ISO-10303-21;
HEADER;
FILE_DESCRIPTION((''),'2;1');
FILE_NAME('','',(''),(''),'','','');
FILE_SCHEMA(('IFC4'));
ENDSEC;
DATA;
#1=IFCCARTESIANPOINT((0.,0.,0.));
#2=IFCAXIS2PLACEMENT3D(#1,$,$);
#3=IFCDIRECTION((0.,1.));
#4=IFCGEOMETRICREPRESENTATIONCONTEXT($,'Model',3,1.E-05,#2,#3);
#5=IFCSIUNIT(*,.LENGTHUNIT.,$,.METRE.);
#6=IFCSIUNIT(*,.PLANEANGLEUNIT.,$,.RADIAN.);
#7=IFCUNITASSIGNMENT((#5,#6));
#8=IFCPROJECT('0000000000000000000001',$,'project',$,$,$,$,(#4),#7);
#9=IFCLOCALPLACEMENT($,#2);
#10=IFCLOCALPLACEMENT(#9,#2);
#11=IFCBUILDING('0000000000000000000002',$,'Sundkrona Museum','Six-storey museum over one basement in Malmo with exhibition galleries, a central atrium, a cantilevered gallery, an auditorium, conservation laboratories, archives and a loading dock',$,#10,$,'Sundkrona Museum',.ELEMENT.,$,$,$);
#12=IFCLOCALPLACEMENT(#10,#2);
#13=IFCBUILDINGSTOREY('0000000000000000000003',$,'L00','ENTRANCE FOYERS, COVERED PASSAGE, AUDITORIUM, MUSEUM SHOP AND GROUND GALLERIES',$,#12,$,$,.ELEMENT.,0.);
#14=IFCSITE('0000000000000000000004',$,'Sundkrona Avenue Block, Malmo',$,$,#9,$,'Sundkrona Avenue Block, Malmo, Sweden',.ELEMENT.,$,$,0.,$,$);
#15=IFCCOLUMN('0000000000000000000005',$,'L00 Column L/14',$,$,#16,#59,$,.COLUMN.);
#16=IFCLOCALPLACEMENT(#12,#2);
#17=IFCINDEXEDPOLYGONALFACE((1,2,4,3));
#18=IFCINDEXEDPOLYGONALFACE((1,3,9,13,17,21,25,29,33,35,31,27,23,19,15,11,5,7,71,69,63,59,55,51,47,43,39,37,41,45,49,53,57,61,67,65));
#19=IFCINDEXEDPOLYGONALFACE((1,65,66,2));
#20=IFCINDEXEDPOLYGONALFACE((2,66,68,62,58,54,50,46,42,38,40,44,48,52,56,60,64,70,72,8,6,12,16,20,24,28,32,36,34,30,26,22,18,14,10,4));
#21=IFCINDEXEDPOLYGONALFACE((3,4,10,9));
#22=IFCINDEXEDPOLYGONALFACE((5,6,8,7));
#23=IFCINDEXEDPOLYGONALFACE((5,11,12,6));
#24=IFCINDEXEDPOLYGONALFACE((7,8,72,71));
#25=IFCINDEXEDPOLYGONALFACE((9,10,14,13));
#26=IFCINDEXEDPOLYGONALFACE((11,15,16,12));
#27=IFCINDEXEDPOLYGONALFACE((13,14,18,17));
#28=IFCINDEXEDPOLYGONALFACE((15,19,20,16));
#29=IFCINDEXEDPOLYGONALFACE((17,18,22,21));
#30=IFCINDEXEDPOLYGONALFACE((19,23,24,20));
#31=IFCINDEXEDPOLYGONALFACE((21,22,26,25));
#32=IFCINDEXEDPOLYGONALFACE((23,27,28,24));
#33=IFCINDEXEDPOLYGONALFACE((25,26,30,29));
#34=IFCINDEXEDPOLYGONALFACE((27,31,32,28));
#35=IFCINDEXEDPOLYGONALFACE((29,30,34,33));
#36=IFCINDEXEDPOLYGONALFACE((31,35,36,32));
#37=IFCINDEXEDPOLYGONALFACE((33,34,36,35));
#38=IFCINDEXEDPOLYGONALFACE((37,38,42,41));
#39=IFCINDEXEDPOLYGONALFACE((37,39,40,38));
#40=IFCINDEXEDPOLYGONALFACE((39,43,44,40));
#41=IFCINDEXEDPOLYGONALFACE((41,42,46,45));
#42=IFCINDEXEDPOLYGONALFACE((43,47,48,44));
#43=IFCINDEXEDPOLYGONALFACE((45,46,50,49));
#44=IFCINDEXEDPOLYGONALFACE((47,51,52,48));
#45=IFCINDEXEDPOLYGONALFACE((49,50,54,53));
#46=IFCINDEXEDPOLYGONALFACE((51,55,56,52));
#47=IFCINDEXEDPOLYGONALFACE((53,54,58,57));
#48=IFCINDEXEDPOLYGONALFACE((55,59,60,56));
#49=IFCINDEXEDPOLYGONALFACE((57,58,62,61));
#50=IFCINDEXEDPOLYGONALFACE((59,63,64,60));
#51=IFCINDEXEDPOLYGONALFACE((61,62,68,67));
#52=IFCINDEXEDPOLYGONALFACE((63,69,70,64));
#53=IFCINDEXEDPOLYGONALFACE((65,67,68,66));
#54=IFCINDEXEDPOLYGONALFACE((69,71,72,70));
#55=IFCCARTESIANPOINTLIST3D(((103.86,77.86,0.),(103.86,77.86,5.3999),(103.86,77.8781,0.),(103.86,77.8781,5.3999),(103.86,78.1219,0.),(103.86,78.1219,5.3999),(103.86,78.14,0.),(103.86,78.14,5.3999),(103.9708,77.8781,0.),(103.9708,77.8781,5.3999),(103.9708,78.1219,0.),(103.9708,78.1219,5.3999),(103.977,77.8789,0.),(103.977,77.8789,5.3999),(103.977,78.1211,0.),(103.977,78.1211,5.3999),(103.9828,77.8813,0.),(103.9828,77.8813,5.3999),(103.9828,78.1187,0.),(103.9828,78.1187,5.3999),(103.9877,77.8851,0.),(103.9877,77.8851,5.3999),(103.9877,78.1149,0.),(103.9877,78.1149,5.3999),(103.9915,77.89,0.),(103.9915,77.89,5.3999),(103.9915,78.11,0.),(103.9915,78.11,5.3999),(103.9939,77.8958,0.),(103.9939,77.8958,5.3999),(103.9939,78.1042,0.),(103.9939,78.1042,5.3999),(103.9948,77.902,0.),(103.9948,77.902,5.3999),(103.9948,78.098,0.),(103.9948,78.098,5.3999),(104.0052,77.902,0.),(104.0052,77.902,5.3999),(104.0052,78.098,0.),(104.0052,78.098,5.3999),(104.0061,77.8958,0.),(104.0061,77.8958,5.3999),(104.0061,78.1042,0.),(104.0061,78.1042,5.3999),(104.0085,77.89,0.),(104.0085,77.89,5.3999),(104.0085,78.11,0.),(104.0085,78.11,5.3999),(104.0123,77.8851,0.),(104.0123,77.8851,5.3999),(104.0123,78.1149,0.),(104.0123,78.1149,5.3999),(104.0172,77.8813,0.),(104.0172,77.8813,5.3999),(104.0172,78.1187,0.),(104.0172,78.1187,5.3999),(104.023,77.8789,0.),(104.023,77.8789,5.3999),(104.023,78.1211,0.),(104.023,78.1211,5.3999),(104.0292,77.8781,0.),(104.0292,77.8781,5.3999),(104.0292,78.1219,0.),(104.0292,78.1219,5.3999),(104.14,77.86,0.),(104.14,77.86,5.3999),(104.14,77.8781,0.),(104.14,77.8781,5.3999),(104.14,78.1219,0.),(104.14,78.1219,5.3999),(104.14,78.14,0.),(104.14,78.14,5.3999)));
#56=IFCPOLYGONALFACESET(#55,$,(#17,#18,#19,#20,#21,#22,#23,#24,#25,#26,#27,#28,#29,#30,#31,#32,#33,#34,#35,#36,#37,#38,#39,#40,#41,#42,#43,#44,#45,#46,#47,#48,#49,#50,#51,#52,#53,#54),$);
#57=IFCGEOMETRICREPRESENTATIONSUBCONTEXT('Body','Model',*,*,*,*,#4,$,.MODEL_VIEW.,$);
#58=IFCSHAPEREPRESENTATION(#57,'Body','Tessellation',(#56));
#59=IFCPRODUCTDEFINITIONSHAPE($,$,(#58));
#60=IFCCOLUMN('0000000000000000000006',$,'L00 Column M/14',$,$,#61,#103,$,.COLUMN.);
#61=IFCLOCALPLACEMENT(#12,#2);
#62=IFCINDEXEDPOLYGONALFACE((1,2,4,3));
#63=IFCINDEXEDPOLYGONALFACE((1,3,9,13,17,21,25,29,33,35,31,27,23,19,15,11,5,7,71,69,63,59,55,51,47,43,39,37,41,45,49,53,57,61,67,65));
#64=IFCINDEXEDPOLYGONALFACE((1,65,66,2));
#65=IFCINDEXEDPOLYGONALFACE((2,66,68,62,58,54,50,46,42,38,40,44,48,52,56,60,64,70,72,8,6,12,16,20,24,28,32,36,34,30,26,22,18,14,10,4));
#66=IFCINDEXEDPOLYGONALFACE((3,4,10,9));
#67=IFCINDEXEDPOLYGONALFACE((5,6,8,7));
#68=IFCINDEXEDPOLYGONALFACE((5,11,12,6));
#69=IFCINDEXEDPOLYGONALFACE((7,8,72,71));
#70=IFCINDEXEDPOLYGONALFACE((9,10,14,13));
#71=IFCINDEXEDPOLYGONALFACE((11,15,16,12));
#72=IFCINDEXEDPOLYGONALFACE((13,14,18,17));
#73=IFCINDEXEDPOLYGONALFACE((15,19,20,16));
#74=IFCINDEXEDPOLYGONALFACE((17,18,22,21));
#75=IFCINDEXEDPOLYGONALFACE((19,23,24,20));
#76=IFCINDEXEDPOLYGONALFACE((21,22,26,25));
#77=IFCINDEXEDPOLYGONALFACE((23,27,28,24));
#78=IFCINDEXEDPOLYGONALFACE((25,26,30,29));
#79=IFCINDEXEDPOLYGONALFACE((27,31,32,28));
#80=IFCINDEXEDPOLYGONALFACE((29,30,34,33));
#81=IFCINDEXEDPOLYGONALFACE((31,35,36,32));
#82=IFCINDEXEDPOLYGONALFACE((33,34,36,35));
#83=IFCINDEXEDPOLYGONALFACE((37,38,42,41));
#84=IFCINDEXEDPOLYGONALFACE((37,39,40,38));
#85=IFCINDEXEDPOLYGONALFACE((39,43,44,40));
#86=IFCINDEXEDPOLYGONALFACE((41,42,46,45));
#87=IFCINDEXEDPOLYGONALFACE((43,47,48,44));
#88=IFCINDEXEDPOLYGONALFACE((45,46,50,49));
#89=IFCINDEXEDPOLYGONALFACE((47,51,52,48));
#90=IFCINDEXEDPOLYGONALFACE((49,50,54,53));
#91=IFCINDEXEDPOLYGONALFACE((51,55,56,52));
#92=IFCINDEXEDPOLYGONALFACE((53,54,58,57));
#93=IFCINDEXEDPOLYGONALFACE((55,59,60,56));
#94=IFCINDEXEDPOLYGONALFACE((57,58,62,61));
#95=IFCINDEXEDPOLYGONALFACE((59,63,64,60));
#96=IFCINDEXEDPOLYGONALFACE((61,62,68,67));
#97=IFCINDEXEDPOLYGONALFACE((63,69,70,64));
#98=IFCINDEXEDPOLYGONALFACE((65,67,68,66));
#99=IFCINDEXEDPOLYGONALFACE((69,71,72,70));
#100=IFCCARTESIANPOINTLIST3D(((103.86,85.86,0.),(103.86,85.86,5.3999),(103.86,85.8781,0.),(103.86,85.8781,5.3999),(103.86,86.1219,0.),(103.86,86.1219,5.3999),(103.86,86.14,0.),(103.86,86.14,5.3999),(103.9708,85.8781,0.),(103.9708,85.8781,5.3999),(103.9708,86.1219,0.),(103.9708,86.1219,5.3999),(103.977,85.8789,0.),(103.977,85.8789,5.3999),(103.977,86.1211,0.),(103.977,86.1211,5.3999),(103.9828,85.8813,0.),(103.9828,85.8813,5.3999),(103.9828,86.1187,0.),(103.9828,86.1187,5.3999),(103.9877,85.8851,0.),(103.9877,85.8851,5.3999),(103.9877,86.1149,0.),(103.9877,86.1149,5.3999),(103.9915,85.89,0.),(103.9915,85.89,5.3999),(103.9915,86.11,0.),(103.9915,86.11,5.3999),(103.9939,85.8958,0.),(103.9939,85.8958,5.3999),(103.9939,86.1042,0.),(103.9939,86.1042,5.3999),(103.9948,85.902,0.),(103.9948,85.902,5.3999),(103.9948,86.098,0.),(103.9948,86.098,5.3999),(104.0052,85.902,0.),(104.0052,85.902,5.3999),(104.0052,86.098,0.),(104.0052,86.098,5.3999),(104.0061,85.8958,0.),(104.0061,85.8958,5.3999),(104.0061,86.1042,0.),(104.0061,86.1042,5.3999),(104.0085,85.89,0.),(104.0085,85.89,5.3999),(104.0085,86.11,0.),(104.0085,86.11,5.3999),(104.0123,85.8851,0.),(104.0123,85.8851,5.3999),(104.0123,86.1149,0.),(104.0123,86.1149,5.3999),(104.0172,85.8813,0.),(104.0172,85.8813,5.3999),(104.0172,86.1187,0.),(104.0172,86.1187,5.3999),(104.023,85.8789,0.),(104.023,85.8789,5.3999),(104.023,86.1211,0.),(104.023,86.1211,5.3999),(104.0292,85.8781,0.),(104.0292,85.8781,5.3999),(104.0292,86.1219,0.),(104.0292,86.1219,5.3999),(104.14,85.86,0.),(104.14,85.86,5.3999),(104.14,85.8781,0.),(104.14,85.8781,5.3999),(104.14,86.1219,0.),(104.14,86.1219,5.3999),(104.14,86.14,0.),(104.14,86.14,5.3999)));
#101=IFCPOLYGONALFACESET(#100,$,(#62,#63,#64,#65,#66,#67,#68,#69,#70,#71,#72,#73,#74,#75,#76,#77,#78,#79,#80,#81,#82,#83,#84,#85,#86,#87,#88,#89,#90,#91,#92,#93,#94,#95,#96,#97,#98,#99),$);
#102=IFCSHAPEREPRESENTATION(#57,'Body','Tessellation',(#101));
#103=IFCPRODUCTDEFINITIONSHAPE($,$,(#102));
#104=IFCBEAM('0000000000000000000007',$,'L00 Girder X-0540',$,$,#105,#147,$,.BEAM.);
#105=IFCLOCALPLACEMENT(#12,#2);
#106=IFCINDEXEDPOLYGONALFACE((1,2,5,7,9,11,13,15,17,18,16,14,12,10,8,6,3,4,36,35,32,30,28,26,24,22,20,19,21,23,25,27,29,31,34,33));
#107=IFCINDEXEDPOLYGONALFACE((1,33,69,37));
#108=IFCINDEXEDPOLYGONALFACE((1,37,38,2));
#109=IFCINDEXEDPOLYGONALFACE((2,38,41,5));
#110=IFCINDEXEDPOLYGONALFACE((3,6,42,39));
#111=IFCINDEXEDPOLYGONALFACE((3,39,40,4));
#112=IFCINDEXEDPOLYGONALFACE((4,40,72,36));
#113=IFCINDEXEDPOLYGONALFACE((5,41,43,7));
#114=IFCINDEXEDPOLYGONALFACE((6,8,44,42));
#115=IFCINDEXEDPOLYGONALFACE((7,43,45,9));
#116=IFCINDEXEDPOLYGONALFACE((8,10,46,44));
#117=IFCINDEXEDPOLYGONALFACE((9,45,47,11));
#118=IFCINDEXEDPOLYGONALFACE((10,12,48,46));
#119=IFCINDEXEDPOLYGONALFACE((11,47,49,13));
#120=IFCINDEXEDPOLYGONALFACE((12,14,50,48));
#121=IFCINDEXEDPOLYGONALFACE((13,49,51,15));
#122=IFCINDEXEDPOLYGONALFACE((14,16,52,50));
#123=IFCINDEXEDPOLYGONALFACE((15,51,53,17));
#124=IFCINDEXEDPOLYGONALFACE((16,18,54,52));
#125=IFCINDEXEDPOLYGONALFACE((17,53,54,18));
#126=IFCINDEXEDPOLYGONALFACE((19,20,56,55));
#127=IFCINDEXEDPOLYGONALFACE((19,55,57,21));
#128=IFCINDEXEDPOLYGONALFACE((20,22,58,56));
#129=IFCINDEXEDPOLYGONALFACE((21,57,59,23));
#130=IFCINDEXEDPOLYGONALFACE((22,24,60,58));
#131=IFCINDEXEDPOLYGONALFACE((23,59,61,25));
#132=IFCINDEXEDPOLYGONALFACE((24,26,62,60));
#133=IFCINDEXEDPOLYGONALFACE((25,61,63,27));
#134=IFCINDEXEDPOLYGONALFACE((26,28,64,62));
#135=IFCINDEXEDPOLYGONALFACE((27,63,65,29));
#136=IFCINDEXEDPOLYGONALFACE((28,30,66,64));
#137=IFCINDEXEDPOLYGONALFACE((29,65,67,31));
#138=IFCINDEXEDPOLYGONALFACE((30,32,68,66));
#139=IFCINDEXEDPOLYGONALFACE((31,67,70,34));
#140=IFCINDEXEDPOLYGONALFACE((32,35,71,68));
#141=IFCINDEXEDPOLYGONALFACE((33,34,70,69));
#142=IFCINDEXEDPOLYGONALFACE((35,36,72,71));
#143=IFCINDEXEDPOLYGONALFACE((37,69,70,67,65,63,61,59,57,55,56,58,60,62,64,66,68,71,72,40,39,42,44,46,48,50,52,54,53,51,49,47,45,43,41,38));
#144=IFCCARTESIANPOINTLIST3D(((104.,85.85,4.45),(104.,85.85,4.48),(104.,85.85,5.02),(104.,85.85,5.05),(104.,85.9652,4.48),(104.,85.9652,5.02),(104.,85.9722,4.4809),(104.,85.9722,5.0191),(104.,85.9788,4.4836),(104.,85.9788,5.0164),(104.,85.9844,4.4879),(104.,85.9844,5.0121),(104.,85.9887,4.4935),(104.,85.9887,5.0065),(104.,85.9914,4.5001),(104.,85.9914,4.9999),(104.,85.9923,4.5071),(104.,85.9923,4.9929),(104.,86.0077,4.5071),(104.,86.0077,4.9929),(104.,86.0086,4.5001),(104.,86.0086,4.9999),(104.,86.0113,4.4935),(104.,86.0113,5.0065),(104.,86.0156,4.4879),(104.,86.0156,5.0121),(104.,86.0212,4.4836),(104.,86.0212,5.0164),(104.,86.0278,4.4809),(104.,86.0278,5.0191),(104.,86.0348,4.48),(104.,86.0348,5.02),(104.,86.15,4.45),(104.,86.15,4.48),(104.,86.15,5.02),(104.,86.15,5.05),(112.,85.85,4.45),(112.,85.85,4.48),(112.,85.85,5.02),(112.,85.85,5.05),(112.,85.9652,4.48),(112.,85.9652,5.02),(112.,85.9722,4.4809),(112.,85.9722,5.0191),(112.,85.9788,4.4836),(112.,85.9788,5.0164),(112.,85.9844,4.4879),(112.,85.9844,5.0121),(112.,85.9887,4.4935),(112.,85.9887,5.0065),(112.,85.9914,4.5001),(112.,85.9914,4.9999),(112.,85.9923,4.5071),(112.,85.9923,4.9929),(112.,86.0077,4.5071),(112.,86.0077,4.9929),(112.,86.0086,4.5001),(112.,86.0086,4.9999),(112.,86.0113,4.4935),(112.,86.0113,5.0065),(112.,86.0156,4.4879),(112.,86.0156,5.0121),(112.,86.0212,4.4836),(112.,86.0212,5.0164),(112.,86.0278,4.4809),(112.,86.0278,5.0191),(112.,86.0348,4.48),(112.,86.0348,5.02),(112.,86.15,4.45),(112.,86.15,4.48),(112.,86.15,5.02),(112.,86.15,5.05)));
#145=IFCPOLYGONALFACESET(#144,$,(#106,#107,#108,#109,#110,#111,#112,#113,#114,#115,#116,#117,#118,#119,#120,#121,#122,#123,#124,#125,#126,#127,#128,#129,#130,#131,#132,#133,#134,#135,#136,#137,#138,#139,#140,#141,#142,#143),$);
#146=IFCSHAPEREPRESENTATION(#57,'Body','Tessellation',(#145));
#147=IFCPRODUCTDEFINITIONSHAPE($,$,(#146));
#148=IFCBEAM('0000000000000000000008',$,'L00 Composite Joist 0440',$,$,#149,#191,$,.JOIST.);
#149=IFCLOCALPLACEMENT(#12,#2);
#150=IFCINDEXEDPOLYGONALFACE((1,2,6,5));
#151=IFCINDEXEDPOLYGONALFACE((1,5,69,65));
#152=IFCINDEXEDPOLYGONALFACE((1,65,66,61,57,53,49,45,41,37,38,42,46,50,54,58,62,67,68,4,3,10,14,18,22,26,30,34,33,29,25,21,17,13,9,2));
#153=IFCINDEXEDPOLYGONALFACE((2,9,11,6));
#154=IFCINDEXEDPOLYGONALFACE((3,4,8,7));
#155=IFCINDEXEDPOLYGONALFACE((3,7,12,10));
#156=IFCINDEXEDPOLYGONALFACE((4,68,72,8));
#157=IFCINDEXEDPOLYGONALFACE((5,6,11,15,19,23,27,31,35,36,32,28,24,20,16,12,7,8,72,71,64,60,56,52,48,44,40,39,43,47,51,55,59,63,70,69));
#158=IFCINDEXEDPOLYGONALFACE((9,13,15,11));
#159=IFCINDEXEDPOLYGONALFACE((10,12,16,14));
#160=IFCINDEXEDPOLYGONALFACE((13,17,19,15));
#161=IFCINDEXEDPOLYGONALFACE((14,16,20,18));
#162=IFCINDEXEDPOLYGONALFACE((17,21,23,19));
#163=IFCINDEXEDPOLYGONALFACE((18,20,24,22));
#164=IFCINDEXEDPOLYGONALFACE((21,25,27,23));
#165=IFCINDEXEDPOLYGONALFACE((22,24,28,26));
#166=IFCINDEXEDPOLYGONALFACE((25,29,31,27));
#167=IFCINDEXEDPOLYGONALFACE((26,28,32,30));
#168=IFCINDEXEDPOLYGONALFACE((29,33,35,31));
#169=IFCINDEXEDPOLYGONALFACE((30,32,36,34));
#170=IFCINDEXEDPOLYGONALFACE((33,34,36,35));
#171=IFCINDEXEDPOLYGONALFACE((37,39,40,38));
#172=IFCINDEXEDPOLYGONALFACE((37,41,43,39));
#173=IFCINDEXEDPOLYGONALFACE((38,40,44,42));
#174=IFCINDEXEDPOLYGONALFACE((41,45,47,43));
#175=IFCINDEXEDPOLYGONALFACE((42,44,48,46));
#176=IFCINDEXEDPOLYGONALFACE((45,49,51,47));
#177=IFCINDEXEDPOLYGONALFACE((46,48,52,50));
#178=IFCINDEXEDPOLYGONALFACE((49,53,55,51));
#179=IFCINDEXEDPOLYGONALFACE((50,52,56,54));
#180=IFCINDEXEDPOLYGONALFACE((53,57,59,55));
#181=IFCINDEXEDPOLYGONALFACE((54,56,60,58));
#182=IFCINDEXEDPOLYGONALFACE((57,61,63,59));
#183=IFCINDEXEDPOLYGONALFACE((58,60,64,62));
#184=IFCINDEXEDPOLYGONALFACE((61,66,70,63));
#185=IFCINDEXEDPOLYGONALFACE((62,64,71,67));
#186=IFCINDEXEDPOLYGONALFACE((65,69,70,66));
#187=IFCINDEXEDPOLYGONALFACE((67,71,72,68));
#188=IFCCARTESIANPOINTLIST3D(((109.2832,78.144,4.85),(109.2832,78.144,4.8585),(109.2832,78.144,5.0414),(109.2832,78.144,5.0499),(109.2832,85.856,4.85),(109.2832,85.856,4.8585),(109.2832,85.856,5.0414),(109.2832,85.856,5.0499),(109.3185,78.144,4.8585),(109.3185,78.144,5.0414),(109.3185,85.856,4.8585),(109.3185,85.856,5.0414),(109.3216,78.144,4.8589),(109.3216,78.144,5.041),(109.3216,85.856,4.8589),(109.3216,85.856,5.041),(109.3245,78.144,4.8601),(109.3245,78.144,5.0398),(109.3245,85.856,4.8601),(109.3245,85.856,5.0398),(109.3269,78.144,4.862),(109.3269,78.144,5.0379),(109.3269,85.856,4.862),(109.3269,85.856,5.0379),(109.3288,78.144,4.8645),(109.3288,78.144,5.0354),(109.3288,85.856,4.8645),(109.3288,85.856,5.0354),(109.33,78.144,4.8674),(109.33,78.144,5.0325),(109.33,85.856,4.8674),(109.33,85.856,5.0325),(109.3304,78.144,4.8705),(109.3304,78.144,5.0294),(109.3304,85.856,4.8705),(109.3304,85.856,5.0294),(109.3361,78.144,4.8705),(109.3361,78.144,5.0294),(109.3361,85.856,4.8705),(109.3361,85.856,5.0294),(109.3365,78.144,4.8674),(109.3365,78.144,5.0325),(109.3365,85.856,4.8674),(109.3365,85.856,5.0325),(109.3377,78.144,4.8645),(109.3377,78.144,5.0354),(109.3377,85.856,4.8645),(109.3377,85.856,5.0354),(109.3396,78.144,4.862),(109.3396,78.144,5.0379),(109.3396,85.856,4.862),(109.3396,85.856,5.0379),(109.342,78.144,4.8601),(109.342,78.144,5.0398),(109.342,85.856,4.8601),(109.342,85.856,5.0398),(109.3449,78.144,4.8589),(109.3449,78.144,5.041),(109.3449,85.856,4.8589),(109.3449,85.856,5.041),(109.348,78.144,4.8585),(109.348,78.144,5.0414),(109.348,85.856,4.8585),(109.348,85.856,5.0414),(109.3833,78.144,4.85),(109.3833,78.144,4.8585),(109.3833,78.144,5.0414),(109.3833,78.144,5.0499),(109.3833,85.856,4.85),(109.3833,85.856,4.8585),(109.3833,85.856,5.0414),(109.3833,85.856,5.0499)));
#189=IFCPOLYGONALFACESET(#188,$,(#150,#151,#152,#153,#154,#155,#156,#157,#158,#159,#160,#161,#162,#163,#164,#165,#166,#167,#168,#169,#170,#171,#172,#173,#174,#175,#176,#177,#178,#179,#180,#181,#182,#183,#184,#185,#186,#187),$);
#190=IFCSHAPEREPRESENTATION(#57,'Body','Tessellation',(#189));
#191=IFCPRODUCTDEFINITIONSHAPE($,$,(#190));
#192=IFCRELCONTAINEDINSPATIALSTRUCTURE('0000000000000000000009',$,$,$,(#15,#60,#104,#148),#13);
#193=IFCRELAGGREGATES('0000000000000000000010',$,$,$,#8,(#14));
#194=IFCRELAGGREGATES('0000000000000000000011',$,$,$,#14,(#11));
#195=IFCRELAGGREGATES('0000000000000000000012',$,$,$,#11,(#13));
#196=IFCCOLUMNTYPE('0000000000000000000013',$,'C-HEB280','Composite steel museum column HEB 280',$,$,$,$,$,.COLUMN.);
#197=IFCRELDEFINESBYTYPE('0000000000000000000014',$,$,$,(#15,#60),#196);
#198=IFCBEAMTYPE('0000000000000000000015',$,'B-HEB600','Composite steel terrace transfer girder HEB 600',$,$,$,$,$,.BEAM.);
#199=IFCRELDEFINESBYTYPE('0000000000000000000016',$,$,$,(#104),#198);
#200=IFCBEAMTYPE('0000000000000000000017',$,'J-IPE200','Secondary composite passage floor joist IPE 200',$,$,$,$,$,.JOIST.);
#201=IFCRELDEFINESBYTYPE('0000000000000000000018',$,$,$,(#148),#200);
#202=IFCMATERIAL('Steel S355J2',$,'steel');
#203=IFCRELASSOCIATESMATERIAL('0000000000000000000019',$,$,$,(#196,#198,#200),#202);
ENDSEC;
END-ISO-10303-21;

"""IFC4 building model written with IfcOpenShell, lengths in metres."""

from ifc_helpers import new_model, si_unit, direction, frame, origin, origin_2d, place, context, subcontext, project, spatial, i_section, extrude, material, material_profile, profile_set, type_object, element, save


model = new_model("IFC4")

# Units and contexts
model_context = context("Model", 3, precision=1e-05, world=origin(), true_north=direction((0.0, 1.0)))
body_context = subcontext(model_context, "Body", "Model", "MODEL_VIEW")
ifc_project = project(units=[si_unit("LENGTHUNIT", "METRE"), si_unit("PLANEANGLEUNIT", "RADIAN")], contexts=[model_context])

# Site, building, storey
site_placement = place(None, origin())
site = spatial("IfcSite", under=ifc_project, at=site_placement, Name="Sundkrona Avenue Block, Malmo", LongName="Sundkrona Avenue Block, Malmo, Sweden", CompositionType="ELEMENT", RefElevation=0.0)
building_placement = place(site_placement, origin())
building = spatial("IfcBuilding", under=site, at=building_placement, Name="Sundkrona Museum", Description="Six-storey museum over one basement in Malmo with exhibition galleries, a central atrium, a cantilevered gallery, an auditorium, conservation laboratories, archives and a loading dock", LongName="Sundkrona Museum", CompositionType="ELEMENT")
storey_placement = place(building_placement, origin())
storey = spatial("IfcBuildingStorey", under=building, at=storey_placement, Name="L00", Description="ENTRANCE FOYERS, COVERED PASSAGE, AUDITORIUM, MUSEUM SHOP AND GROUND GALLERIES", CompositionType="ELEMENT", Elevation=0.0)

# Columns
ifc_material_1 = material(Name="Steel S355J2", Category="steel")
ifc_material_profile_1 = material_profile(ifc_material_1, i_section(OverallWidth=0.28, OverallDepth=0.28, WebThickness=0.0105, FlangeThickness=0.0181, FilletRadius=0.0239, at=origin_2d()), Name="HEB 280")
ifc_profile_set_1 = profile_set([ifc_material_profile_1], Name="Steel S355J2")
column_type = type_object("IfcColumnType", Name="C-HEB280", Description="Composite steel museum column HEB 280", PredefinedType="COLUMN", material=ifc_profile_set_1)
for number, where, z_axis, x_axis, name in (
    (1, (104.0, 78.0, 0.0), (0.0, 0.0, 1.0), (1.0, 0.0, 0.0), "L00 Column L/14"),
    (2, (104.0, 86.0, 0.0), (0.0, 0.0, 1.0), (1.0, 0.0, 0.0), "L00 Column M/14"),
):
    element("IfcColumn", number, at=place(storey_placement, frame(where, z_axis=z_axis, x_axis=x_axis)), inside=storey, type_object=column_type, Name=name, PredefinedType="COLUMN", context=body_context, shape_type="SweptSolid", body=[
        extrude(i_section(OverallWidth=0.28, OverallDepth=0.28, WebThickness=0.0105, FlangeThickness=0.0181, FilletRadius=0.0239, at=origin_2d()), origin(), (0.0, 0.0, 1.0), 5.3999),
    ])

# Beams
ifc_material_profile_2 = material_profile(ifc_material_1, i_section(OverallWidth=0.3, OverallDepth=0.6001, WebThickness=0.0154, FlangeThickness=0.03, FilletRadius=0.0271, at=origin_2d()), Name="HEB 600")
ifc_profile_set_2 = profile_set([ifc_material_profile_2], Name="Steel S355J2")
beam_type_1 = type_object("IfcBeamType", Name="B-HEB600", Description="Composite steel terrace transfer girder HEB 600", PredefinedType="BEAM", material=ifc_profile_set_2)
beam_1_placement = place(storey_placement, frame((104.0, 86.0, 4.75), z_axis=(1.0, 0.0, 0.0), x_axis=(0.0, 1.0, 0.0)))
element("IfcBeam", 3, at=beam_1_placement, inside=storey, type_object=beam_type_1, Name="L00 Girder X-0540", PredefinedType="BEAM", context=body_context, shape_type="SweptSolid", body=[
    extrude(i_section(OverallWidth=0.3, OverallDepth=0.6001, WebThickness=0.0154, FlangeThickness=0.03, FilletRadius=0.0271, at=origin_2d()), origin(), (0.0, 0.0, 1.0), 8.0),
])
ifc_material_profile_3 = material_profile(ifc_material_1, i_section(OverallWidth=0.1001, OverallDepth=0.2, WebThickness=0.0056, FlangeThickness=0.0085, FilletRadius=0.012, at=origin_2d()), Name="IPE 200")
ifc_profile_set_3 = profile_set([ifc_material_profile_3], Name="Steel S355J2")
beam_type_2 = type_object("IfcBeamType", Name="J-IPE200", Description="Secondary composite passage floor joist IPE 200", PredefinedType="JOIST", material=ifc_profile_set_3)
beam_2_placement = place(storey_placement, frame((109.3333, 78.144, 4.95), z_axis=(0.0, 1.0, 0.0), x_axis=(-1.0, 0.0, 0.0)))
element("IfcBeam", 4, at=beam_2_placement, inside=storey, type_object=beam_type_2, Name="L00 Composite Joist 0440", PredefinedType="JOIST", context=body_context, shape_type="SweptSolid", body=[
    extrude(i_section(OverallWidth=0.1001, OverallDepth=0.2, WebThickness=0.0056, FlangeThickness=0.0085, FilletRadius=0.012, at=origin_2d()), origin(), (0.0, 0.0, 1.0), 7.7119),
])

save(model, "model.ifc")
